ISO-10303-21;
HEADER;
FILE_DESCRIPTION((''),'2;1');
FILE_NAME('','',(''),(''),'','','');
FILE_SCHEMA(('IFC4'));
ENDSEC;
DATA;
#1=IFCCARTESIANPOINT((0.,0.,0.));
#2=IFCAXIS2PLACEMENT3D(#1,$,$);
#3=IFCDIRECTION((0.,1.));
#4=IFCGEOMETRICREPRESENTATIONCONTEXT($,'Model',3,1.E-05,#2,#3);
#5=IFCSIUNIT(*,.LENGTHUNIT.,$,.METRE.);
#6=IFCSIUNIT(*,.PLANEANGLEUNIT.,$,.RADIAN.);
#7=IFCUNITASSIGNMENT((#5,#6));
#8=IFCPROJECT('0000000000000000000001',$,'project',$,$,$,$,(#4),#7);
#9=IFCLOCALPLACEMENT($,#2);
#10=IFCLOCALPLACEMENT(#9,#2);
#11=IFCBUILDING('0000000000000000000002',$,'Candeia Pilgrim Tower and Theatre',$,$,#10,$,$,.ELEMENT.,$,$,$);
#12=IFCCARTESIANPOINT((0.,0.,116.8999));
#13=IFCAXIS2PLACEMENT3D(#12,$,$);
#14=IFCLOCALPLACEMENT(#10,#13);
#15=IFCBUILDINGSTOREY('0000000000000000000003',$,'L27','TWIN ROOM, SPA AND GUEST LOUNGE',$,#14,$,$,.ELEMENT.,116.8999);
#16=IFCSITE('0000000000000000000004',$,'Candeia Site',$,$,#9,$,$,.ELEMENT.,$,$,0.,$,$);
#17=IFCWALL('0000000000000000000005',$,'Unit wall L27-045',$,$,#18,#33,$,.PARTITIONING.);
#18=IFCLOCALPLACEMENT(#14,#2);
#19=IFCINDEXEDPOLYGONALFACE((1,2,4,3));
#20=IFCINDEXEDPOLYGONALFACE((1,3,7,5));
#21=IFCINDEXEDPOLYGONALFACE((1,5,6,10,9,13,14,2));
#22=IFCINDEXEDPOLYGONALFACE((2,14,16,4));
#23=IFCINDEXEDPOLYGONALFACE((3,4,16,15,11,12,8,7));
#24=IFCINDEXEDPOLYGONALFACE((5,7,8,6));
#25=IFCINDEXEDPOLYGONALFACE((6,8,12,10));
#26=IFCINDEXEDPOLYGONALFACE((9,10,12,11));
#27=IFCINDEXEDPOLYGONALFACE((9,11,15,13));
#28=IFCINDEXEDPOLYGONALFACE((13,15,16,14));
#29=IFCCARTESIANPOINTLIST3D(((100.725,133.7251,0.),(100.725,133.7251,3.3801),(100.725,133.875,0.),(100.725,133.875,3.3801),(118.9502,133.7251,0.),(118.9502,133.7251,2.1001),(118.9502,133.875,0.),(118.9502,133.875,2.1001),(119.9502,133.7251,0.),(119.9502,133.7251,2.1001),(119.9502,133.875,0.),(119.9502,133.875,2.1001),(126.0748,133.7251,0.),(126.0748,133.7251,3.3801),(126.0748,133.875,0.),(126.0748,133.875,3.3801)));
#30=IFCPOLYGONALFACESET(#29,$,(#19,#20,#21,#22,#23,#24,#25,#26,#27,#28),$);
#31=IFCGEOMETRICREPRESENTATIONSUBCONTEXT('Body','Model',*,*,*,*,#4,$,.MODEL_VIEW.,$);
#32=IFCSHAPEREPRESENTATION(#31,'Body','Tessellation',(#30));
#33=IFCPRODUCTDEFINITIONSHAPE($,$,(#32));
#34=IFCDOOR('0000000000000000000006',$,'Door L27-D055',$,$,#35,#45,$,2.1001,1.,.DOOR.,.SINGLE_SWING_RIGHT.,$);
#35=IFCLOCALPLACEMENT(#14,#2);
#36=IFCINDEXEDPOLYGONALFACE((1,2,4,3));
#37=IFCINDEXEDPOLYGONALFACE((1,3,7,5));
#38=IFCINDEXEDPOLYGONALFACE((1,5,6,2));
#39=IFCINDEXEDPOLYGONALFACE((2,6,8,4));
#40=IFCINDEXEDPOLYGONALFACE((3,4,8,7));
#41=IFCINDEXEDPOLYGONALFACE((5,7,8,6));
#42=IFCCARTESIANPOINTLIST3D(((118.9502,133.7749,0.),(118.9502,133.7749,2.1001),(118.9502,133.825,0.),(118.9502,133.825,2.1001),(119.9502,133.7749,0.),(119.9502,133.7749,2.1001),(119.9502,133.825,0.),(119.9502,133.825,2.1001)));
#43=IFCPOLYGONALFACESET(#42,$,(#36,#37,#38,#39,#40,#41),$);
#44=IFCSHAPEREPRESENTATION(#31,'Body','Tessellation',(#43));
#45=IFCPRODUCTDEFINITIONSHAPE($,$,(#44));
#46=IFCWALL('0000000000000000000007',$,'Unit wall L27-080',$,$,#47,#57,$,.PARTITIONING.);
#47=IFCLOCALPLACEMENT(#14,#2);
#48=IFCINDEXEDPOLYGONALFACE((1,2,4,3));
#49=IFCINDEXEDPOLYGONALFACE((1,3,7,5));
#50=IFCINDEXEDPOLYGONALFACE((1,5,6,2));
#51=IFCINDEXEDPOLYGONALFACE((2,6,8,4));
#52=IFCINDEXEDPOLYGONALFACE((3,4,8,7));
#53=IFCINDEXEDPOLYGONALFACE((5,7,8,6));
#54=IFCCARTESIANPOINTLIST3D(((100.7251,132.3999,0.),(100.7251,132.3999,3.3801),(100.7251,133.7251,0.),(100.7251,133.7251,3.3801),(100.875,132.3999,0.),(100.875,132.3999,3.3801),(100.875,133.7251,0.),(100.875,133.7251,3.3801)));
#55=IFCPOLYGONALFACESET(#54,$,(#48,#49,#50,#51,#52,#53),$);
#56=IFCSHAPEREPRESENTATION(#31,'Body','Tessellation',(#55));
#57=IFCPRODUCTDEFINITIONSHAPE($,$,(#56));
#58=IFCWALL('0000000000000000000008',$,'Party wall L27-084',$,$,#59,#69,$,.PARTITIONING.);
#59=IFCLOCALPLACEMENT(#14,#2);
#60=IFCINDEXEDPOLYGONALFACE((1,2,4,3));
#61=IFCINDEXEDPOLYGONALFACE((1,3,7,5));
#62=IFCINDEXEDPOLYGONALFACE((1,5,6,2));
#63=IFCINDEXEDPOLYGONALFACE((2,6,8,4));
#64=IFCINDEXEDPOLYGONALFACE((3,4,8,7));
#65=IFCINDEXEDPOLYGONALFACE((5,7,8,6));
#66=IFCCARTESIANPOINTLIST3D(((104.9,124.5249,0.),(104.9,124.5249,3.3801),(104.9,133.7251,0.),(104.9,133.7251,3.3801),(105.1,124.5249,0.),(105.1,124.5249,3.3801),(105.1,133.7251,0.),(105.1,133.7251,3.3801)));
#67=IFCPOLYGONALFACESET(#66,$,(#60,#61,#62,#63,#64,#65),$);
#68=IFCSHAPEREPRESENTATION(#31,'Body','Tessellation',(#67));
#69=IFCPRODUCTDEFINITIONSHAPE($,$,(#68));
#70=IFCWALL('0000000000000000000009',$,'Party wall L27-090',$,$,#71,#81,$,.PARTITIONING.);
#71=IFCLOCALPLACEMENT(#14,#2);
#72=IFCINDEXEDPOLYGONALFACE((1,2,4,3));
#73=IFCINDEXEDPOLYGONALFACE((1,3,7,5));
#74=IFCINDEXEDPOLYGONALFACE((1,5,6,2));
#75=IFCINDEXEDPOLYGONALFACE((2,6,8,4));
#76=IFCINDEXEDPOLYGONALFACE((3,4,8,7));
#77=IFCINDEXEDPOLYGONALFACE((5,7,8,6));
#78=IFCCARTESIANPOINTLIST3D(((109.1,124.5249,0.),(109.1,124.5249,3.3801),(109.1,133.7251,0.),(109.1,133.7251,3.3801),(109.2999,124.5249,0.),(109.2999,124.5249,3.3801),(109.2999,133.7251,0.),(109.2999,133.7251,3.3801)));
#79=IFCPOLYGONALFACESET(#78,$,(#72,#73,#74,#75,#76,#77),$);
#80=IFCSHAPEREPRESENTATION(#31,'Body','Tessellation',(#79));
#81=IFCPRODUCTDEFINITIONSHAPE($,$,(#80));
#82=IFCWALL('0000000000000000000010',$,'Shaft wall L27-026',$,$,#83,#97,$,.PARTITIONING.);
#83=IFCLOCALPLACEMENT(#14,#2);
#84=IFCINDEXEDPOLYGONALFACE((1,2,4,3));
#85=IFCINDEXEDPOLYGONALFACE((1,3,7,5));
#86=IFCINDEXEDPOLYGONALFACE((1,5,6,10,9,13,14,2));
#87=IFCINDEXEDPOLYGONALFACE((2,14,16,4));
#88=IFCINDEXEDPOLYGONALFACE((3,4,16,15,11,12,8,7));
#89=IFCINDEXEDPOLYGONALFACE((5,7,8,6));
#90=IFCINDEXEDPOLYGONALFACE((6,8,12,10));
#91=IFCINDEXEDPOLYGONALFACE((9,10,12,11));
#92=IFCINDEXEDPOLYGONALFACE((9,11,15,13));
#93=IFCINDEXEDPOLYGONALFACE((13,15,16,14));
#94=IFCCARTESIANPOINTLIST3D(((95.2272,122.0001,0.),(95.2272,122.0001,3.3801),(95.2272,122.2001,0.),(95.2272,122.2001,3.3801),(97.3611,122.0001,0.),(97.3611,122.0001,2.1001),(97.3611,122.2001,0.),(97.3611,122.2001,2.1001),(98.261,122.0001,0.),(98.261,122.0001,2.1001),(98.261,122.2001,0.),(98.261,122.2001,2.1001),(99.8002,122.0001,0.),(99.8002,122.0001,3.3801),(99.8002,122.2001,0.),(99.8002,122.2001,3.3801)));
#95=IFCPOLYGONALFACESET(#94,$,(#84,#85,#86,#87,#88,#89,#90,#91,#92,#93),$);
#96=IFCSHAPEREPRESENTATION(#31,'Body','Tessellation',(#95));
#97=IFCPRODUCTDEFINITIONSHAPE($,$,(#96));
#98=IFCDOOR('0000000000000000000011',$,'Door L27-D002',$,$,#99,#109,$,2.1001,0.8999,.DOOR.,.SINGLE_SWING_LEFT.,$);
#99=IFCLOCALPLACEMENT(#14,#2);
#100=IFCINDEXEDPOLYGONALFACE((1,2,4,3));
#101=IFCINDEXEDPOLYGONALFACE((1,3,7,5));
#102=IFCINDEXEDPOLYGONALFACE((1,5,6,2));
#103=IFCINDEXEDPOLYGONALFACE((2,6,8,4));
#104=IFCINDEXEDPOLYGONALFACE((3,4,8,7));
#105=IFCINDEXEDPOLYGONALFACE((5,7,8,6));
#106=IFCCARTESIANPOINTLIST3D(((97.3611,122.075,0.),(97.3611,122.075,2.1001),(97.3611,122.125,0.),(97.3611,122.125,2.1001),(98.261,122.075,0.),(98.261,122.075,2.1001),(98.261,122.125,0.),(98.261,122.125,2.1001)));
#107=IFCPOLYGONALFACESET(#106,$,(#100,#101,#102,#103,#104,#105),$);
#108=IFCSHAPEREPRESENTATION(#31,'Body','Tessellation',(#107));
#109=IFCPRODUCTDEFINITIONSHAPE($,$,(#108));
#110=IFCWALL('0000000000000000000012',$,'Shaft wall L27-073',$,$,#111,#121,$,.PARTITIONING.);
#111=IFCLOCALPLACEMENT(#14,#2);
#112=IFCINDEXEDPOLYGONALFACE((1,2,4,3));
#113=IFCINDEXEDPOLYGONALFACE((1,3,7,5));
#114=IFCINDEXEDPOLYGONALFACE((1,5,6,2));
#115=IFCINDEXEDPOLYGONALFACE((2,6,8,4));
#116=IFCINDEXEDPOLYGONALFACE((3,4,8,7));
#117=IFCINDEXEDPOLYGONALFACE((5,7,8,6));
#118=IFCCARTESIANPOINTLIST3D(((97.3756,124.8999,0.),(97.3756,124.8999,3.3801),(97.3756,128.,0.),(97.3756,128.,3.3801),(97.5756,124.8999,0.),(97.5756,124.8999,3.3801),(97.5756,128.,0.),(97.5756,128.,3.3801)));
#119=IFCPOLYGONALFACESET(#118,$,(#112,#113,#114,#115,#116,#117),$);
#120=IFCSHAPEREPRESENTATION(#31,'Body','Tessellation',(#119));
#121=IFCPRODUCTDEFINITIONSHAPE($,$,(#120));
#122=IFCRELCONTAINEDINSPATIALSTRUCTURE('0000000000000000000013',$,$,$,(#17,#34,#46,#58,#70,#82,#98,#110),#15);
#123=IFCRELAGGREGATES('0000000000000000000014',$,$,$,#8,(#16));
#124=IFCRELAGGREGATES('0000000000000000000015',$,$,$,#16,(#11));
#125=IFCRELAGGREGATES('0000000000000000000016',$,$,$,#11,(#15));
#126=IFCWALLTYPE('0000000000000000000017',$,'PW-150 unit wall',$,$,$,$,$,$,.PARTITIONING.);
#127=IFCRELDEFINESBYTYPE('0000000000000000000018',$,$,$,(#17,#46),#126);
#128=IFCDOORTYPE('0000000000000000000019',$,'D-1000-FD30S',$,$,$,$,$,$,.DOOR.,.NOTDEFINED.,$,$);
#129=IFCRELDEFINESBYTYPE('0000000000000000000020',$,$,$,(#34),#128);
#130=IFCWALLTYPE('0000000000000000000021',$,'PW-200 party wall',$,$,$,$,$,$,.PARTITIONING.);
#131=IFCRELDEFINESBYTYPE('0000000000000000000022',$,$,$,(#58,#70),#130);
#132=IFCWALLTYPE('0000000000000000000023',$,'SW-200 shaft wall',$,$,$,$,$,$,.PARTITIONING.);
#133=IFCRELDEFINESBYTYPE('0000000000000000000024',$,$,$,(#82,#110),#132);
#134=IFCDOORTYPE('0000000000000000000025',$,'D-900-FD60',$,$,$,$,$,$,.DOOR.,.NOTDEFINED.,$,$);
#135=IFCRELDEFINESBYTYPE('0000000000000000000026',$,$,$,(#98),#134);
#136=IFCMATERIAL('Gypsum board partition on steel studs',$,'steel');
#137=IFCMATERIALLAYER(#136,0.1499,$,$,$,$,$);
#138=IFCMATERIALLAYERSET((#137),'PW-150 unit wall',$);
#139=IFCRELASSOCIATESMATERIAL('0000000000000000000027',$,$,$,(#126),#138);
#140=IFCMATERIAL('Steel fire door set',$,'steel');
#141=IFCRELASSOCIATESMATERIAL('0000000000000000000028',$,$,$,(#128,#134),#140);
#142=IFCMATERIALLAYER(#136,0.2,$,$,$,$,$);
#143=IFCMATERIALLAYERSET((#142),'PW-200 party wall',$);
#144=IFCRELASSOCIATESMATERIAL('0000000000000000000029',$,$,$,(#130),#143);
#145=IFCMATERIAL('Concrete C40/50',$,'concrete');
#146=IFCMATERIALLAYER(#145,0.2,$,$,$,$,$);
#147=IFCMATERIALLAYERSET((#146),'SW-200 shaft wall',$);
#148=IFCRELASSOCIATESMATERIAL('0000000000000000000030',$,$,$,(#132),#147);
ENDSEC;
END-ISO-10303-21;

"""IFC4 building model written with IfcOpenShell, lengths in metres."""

from ifc_helpers import new_model, si_unit, direction, frame, frame_2d, origin, place, context, subcontext, project, spatial, rectangle, extrude, material, layer, layer_set, type_object, element, fill, save


model = new_model("IFC4")

# Units and contexts
model_context = context("Model", 3, precision=1e-05, world=origin(), true_north=direction((0.0, 1.0)))
body_context = subcontext(model_context, "Body", "Model", "MODEL_VIEW")
ifc_project = project(units=[si_unit("LENGTHUNIT", "METRE"), si_unit("PLANEANGLEUNIT", "RADIAN")], contexts=[model_context])

# Site, building, storey
site_placement = place(None, origin())
site = spatial("IfcSite", under=ifc_project, at=site_placement, Name="Candeia Site", CompositionType="ELEMENT", RefElevation=0.0)
building_placement = place(site_placement, origin())
building = spatial("IfcBuilding", under=site, at=building_placement, Name="Candeia Pilgrim Tower and Theatre", CompositionType="ELEMENT")
storey_placement = place(building_placement, frame((0.0, 0.0, 116.8999)))
storey = spatial("IfcBuildingStorey", under=building, at=storey_placement, Name="L27", Description="TWIN ROOM, SPA AND GUEST LOUNGE", CompositionType="ELEMENT", Elevation=116.8999)

# Shared definitions
ifc_material_1 = material(Name="Steel fire door set", Category="steel")

# Shared definitions
ifc_material_2 = material(Name="Gypsum board partition on steel studs", Category="steel")
ifc_layer_1 = layer(ifc_material_2, 0.1499)
ifc_layer_set_1 = layer_set([ifc_layer_1], Name="PW-150 unit wall")
wall_type_1 = type_object("IfcWallType", Name="PW-150 unit wall", PredefinedType="PARTITIONING", material=ifc_layer_set_1)

# Shared definitions
door_type_1 = type_object("IfcDoorType", Name="D-1000-FD30S", OperationType="NOTDEFINED", PredefinedType="DOOR", material=ifc_material_1)

# Wall, opening, door
wall_1_placement = place(storey_placement, frame((100.7251, 133.8, 0.0), z_axis=(0.0, 0.0, 1.0), x_axis=(1.0, 0.0, 0.0)))
wall_1 = element("IfcWall", 1, at=wall_1_placement, inside=storey, type_object=wall_type_1, Name="Unit wall L27-045", PredefinedType="PARTITIONING", context=body_context, shape_type="SweptSolid", body=[
    extrude(rectangle(XDim=25.3499, YDim=0.1499, at=frame_2d((12.6748, 0.0))), origin(), (0.0, 0.0, 1.0), 3.3801),
])
opening_1_placement = place(wall_1_placement, frame((18.2251, 0.0, 0.0)))
opening_1 = element("IfcOpeningElement", 2, at=opening_1_placement, cuts=wall_1, PredefinedType="OPENING", context=body_context, shape_type="SweptSolid", body=[
    extrude(rectangle(XDim=1.0, YDim=2.1001, at=frame_2d((0.5, 1.05))), frame((0.0, 0.085, 0.0), z_axis=(0.0, -1.0, 0.0), x_axis=(1.0, 0.0, 0.0)), (0.0, 0.0, 1.0), 0.1699),
])
door_1_placement = place(opening_1_placement, origin())
door_1 = element("IfcDoor", 3, at=door_1_placement, inside=storey, type_object=door_type_1, Name="Door L27-D055", OperationType="SINGLE_SWING_RIGHT", OverallHeight=2.1001, OverallWidth=1.0, PredefinedType="DOOR", context=body_context, shape_type="SweptSolid", body=[
    extrude(rectangle(XDim=1.0, YDim=2.1001, at=frame_2d((0.5, 1.05))), frame((0.0, 0.0249, 0.0), z_axis=(0.0, -1.0, 0.0), x_axis=(1.0, 0.0, 0.0)), (0.0, 0.0, 1.0), 0.05),
])
fill(opening_1, door_1)

# Walls
wall_2_placement = place(storey_placement, frame((100.8, 132.3999, 0.0), z_axis=(0.0, 0.0, 1.0), x_axis=(0.0, 1.0, 0.0)))
element("IfcWall", 4, at=wall_2_placement, inside=storey, type_object=wall_type_1, Name="Unit wall L27-080", PredefinedType="PARTITIONING", context=body_context, shape_type="SweptSolid", body=[
    extrude(rectangle(XDim=1.3252, YDim=0.1499, at=frame_2d((0.6626, 0.0))), origin(), (0.0, 0.0, 1.0), 3.3801),
])
ifc_layer_2 = layer(ifc_material_2, 0.2)
ifc_layer_set_2 = layer_set([ifc_layer_2], Name="PW-200 party wall")
wall_type_2 = type_object("IfcWallType", Name="PW-200 party wall", PredefinedType="PARTITIONING", material=ifc_layer_set_2)
for number, where, z_axis, x_axis, name in (
    (5, (105.0, 124.5249, 0.0), (0.0, 0.0, 1.0), (0.0, 1.0, 0.0), "Party wall L27-084"),
    (6, (109.2, 124.5249, 0.0), (0.0, 0.0, 1.0), (0.0, 1.0, 0.0), "Party wall L27-090"),
):
    element("IfcWall", number, at=place(storey_placement, frame(where, z_axis=z_axis, x_axis=x_axis)), inside=storey, type_object=wall_type_2, Name=name, PredefinedType="PARTITIONING", context=body_context, shape_type="SweptSolid", body=[
        extrude(rectangle(XDim=9.2002, YDim=0.2, at=frame_2d((4.6001, 0.0))), origin(), (0.0, 0.0, 1.0), 3.3801),
    ])

# Wall, opening, door
ifc_material_3 = material(Name="Concrete C40/50", Category="concrete")
ifc_layer_3 = layer(ifc_material_3, 0.2)
ifc_layer_set_3 = layer_set([ifc_layer_3], Name="SW-200 shaft wall")
wall_type_3 = type_object("IfcWallType", Name="SW-200 shaft wall", PredefinedType="PARTITIONING", material=ifc_layer_set_3)
wall_3_placement = place(storey_placement, frame((95.2271, 122.1001, 0.0), z_axis=(0.0, 0.0, 1.0), x_axis=(1.0, 0.0, 0.0)))
wall_3 = element("IfcWall", 7, at=wall_3_placement, inside=storey, type_object=wall_type_3, Name="Shaft wall L27-026", PredefinedType="PARTITIONING", context=body_context, shape_type="SweptSolid", body=[
    extrude(rectangle(XDim=4.573, YDim=0.2, at=frame_2d((2.2866, 0.0))), origin(), (0.0, 0.0, 1.0), 3.3801),
])
opening_2_placement = place(wall_3_placement, frame((2.134, 0.0, 0.0)))
opening_2 = element("IfcOpeningElement", 8, at=opening_2_placement, cuts=wall_3, PredefinedType="OPENING", context=body_context, shape_type="SweptSolid", body=[
    extrude(rectangle(XDim=0.8999, YDim=2.1001, at=frame_2d((0.45, 1.05))), frame((0.0, 0.1099, 0.0), z_axis=(0.0, -1.0, 0.0), x_axis=(1.0, 0.0, 0.0)), (0.0, 0.0, 1.0), 0.22),
])
door_type_2 = type_object("IfcDoorType", Name="D-900-FD60", OperationType="NOTDEFINED", PredefinedType="DOOR", material=ifc_material_1)
door_2_placement = place(opening_2_placement, origin())
door_2 = element("IfcDoor", 9, at=door_2_placement, inside=storey, type_object=door_type_2, Name="Door L27-D002", OperationType="SINGLE_SWING_LEFT", OverallHeight=2.1001, OverallWidth=0.8999, PredefinedType="DOOR", context=body_context, shape_type="SweptSolid", body=[
    extrude(rectangle(XDim=0.8999, YDim=2.1001, at=frame_2d((0.45, 1.05))), frame((0.0, 0.0249, 0.0), z_axis=(0.0, -1.0, 0.0), x_axis=(1.0, 0.0, 0.0)), (0.0, 0.0, 1.0), 0.05),
])
fill(opening_2, door_2)

# Wall
wall_4_placement = place(storey_placement, frame((97.4756, 124.8999, 0.0), z_axis=(0.0, 0.0, 1.0), x_axis=(0.0, 1.0, 0.0)))
element("IfcWall", 10, at=wall_4_placement, inside=storey, type_object=wall_type_3, Name="Shaft wall L27-073", PredefinedType="PARTITIONING", context=body_context, shape_type="SweptSolid", body=[
    extrude(rectangle(XDim=3.1001, YDim=0.2, at=frame_2d((1.55, 0.0))), origin(), (0.0, 0.0, 1.0), 3.3801),
])

save(model, "model.ifc")
